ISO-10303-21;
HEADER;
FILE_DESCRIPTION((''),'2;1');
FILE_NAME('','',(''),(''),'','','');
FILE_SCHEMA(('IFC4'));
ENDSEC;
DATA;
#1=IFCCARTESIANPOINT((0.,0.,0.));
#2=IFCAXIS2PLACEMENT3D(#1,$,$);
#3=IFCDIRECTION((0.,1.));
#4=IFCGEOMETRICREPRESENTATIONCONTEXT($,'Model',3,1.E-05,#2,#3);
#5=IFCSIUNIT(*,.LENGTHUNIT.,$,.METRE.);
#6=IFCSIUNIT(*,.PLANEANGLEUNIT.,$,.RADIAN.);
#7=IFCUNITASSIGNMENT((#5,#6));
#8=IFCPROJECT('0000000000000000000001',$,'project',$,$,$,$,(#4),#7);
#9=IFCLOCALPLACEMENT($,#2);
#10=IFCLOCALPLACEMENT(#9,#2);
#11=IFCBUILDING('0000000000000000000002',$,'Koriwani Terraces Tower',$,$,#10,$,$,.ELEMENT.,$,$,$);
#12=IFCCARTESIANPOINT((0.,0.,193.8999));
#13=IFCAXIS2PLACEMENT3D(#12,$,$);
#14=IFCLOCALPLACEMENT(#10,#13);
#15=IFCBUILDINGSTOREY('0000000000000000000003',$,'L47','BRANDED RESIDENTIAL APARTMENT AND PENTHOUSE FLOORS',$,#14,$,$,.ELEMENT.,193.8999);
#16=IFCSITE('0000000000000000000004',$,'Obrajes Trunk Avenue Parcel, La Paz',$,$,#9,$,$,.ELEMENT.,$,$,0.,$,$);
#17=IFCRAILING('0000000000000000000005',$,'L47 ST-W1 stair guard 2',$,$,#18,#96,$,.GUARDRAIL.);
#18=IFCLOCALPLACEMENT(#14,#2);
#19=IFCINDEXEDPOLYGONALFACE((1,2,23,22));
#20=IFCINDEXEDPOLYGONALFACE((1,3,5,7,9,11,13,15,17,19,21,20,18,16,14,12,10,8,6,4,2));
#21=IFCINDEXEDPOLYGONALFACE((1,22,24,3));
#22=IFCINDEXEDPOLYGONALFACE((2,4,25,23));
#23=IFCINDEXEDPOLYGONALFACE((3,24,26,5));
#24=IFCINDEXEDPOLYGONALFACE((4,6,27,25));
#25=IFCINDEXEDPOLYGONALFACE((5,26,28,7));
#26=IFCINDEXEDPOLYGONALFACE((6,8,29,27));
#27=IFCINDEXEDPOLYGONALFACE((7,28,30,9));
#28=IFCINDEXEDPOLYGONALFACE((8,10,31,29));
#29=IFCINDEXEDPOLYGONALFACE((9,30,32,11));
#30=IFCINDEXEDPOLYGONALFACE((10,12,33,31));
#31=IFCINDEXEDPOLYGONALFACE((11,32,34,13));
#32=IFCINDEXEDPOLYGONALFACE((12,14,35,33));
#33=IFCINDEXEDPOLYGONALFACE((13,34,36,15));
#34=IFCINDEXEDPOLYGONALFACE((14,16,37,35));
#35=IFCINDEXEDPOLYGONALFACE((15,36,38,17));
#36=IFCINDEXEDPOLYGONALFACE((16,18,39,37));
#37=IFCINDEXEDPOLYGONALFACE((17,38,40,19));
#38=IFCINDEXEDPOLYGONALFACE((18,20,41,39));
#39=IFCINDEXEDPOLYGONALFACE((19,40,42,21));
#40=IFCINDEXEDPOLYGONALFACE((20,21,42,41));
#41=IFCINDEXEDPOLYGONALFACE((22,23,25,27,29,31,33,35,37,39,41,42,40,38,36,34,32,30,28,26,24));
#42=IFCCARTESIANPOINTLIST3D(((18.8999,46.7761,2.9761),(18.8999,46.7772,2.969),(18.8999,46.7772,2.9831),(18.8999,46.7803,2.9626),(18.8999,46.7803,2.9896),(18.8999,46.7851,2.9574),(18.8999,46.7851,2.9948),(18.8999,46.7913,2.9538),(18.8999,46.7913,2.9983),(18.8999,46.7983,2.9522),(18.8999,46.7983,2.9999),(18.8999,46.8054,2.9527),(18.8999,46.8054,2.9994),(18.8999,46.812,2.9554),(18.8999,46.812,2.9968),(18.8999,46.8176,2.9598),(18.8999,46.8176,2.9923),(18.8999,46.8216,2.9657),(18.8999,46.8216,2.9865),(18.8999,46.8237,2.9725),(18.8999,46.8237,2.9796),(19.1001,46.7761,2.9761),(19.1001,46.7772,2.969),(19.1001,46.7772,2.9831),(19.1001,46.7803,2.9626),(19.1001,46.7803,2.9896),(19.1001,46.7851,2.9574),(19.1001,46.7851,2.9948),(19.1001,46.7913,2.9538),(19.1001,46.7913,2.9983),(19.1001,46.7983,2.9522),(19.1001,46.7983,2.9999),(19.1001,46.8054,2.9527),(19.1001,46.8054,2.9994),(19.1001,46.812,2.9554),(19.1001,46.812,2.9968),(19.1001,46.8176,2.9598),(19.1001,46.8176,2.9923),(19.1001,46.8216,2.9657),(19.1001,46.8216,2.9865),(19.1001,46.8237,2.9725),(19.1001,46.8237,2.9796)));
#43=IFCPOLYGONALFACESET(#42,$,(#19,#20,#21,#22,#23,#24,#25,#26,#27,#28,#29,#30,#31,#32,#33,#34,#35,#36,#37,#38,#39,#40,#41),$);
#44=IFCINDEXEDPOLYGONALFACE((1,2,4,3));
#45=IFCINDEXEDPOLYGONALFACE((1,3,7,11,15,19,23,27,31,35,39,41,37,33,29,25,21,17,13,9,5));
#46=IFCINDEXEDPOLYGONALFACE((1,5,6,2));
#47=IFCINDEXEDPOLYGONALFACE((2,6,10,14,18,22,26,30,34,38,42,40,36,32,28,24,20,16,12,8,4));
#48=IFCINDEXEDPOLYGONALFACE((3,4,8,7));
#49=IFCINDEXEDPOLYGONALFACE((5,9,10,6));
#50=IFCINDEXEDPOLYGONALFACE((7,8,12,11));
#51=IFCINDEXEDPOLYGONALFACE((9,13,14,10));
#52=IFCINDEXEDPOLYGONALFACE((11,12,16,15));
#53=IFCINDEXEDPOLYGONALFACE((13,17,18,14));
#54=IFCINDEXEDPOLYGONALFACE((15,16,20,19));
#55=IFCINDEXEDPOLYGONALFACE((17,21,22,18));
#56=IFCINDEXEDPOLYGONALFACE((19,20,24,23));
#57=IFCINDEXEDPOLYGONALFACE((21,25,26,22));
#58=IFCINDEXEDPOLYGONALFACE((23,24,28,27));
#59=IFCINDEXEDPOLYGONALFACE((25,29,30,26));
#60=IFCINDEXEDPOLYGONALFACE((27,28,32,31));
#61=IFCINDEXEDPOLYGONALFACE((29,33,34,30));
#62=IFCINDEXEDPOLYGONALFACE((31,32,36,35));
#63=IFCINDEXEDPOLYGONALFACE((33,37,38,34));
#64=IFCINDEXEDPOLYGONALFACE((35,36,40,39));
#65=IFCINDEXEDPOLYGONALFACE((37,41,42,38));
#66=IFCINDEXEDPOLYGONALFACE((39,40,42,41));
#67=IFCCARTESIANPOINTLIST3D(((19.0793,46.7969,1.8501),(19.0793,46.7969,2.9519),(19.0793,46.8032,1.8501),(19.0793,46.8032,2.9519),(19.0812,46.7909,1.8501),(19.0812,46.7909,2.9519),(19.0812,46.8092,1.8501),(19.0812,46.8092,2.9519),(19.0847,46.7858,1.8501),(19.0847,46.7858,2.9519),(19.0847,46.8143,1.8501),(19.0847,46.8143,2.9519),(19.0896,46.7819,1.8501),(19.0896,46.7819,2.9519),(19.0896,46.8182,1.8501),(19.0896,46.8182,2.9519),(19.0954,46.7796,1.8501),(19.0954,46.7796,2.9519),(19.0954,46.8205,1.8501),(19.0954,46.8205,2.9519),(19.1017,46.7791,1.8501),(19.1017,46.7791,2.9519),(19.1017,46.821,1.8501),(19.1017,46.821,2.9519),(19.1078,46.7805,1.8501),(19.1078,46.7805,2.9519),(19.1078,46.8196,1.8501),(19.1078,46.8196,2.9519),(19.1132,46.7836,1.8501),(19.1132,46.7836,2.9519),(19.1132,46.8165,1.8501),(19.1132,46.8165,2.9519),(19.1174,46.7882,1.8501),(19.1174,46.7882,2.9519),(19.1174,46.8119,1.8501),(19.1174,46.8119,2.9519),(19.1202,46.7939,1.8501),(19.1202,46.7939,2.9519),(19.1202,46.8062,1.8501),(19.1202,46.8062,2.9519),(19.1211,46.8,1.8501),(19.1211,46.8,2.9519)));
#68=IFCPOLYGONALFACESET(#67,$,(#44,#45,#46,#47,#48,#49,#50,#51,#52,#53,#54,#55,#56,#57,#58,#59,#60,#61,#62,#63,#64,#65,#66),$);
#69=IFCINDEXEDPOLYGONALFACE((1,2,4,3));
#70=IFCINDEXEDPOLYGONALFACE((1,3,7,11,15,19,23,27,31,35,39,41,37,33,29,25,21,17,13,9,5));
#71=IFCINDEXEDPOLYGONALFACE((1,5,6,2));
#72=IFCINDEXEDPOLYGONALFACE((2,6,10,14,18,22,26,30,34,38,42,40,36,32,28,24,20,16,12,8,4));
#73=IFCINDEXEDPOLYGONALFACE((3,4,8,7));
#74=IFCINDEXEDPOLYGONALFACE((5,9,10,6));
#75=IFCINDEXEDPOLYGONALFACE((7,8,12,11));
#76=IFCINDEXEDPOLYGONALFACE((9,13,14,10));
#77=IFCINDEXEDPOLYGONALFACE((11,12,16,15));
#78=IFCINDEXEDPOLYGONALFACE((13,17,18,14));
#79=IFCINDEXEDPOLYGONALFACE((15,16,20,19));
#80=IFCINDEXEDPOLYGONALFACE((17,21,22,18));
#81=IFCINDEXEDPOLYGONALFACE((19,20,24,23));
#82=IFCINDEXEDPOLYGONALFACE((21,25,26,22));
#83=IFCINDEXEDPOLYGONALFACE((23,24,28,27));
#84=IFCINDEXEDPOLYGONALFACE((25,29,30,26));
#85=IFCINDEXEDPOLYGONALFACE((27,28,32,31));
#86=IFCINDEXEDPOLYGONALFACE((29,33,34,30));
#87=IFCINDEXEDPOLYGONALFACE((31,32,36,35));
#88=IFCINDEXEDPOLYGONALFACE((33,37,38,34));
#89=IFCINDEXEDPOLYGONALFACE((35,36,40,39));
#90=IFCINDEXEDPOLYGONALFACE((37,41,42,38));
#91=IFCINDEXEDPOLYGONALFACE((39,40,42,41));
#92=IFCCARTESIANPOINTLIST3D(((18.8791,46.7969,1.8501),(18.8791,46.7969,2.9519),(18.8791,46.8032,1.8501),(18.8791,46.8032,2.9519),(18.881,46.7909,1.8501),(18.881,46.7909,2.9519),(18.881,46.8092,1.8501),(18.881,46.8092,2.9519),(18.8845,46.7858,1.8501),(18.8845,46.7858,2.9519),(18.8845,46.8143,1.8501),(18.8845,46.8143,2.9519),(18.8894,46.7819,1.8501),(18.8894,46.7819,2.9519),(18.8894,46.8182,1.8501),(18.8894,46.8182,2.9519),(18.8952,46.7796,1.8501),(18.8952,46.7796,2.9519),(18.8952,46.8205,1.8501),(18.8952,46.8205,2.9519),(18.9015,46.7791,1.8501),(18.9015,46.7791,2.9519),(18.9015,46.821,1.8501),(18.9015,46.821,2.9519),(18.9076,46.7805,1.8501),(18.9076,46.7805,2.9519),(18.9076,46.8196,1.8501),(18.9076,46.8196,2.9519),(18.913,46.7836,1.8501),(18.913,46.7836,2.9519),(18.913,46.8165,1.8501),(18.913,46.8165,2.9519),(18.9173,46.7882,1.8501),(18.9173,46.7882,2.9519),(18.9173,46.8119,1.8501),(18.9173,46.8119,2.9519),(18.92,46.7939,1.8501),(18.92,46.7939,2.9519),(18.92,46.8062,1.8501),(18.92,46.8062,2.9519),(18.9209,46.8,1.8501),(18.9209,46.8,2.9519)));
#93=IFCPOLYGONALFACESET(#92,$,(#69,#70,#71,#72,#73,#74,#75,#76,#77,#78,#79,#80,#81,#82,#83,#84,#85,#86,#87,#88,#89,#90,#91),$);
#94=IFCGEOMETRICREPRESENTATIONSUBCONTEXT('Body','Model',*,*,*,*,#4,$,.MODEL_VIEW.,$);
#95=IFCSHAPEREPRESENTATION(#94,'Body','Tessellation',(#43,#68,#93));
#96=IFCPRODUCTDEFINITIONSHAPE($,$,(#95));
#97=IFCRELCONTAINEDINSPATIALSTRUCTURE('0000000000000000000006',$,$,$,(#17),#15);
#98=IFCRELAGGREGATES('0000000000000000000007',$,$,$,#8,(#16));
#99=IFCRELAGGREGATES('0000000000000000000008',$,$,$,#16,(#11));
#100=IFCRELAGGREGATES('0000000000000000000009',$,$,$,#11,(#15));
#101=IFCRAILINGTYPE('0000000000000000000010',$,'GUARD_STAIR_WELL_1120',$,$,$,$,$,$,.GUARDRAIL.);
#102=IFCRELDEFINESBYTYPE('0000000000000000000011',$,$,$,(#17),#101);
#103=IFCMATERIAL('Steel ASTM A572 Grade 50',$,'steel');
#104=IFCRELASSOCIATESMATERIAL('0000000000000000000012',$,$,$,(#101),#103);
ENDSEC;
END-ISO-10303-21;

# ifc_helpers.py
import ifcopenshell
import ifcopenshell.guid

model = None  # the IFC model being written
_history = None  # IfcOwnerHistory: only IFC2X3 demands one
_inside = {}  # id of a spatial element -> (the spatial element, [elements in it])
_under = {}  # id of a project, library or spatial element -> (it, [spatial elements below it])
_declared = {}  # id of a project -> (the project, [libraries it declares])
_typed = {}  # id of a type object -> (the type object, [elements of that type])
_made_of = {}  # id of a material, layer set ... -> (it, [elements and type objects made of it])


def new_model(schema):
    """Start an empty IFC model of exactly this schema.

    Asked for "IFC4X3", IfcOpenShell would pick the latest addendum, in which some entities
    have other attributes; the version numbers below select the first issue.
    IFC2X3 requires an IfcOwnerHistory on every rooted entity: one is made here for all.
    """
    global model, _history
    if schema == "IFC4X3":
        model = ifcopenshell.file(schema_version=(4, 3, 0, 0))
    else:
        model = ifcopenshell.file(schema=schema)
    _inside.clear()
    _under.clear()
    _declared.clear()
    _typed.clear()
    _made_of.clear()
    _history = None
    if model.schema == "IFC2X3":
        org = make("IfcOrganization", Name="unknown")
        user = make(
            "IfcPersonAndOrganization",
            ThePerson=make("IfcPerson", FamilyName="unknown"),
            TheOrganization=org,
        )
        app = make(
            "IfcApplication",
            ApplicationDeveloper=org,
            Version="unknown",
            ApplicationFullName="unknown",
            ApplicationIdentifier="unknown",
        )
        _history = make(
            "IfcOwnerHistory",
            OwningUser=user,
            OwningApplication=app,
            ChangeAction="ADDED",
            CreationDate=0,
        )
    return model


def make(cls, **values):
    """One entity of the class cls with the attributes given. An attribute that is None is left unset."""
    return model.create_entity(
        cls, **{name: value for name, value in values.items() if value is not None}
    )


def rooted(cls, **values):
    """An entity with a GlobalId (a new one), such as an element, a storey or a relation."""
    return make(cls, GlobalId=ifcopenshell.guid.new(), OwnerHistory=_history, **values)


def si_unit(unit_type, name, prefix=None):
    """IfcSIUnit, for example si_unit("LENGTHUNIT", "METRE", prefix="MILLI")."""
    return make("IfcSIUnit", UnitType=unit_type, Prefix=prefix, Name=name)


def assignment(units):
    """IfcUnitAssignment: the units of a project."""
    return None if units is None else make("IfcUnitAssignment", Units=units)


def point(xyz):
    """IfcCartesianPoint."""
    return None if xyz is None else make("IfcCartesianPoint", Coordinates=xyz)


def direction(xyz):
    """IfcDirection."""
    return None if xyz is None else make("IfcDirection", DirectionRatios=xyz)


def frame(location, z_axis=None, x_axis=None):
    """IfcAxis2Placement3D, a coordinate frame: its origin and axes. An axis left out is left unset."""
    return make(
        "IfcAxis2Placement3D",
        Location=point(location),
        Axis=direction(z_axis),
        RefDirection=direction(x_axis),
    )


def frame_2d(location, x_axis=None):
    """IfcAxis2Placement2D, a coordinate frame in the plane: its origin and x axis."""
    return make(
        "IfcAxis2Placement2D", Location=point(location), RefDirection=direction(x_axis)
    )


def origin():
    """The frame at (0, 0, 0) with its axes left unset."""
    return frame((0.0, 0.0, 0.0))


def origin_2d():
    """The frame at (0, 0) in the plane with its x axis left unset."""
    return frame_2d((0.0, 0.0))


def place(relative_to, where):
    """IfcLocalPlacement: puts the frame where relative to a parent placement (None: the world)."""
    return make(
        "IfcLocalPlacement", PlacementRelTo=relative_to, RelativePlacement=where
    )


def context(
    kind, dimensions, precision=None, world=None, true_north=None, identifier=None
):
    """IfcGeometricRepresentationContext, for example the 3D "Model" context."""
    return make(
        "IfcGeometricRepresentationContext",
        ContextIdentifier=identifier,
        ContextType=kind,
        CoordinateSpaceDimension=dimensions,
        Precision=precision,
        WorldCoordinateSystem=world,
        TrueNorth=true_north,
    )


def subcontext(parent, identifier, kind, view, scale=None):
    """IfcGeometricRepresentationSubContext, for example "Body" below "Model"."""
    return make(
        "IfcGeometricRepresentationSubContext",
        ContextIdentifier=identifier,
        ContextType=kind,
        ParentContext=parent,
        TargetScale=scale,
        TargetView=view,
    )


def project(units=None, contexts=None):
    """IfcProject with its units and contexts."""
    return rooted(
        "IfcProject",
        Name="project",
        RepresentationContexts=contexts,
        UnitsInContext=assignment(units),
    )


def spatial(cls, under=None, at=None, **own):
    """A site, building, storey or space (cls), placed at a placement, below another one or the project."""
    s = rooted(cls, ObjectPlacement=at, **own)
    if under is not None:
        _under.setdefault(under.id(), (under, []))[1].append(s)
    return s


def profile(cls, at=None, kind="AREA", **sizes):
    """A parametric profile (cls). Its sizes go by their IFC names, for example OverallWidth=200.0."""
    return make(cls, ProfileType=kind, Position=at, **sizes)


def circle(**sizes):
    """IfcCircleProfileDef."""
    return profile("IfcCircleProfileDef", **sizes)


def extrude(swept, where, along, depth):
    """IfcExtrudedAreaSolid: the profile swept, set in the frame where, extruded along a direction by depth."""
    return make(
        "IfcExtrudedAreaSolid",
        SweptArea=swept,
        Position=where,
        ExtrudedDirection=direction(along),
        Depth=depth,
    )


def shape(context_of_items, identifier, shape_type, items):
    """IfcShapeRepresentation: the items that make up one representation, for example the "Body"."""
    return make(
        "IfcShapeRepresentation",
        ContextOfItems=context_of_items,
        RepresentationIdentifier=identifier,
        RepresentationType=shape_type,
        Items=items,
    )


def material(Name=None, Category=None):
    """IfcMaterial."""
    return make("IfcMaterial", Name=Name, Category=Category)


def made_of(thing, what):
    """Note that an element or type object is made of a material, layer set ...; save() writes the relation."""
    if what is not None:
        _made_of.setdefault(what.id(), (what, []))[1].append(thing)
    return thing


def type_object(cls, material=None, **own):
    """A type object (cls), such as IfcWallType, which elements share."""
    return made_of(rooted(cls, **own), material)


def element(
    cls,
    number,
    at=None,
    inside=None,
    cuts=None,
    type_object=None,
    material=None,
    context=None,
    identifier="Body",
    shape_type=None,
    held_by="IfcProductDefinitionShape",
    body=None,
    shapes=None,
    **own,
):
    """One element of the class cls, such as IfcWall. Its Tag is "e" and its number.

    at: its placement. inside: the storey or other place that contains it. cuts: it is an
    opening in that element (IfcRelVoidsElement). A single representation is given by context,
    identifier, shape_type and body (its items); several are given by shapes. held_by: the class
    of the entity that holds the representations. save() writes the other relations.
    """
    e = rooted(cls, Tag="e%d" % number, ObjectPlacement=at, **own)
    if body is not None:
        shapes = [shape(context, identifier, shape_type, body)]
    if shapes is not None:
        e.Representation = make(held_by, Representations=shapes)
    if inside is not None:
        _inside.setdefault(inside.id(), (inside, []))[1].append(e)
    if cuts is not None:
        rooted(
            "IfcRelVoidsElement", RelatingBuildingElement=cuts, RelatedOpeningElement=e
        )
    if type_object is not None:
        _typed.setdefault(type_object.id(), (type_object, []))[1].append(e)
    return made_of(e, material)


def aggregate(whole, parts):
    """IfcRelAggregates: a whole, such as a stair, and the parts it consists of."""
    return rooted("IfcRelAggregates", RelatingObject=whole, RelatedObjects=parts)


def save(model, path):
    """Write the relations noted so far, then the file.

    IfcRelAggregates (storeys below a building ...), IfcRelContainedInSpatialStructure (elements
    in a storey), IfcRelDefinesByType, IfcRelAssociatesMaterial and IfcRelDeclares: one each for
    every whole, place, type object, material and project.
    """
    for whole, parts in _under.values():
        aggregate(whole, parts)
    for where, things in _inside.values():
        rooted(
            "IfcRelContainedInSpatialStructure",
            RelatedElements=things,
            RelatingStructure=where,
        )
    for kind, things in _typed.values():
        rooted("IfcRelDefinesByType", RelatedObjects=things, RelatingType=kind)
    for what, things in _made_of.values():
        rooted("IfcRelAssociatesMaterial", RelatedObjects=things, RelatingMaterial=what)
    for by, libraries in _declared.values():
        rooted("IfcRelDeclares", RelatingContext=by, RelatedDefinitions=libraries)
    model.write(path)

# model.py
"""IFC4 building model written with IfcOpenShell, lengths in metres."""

from ifc_helpers import new_model, si_unit, direction, frame, origin, origin_2d, place, context, subcontext, project, spatial, circle, extrude, material, type_object, element, save


model = new_model("IFC4")

# Units and contexts
model_context = context("Model", 3, precision=1e-05, world=origin(), true_north=direction((0.0, 1.0)))
body_context = subcontext(model_context, "Body", "Model", "MODEL_VIEW")
ifc_project = project(units=[si_unit("LENGTHUNIT", "METRE"), si_unit("PLANEANGLEUNIT", "RADIAN")], contexts=[model_context])

# Site, building, storey
site_placement = place(None, origin())
site = spatial("IfcSite", under=ifc_project, at=site_placement, Name="Obrajes Trunk Avenue Parcel, La Paz", CompositionType="ELEMENT", RefElevation=0.0)
building_placement = place(site_placement, origin())
building = spatial("IfcBuilding", under=site, at=building_placement, Name="Koriwani Terraces Tower", CompositionType="ELEMENT")
storey_placement = place(building_placement, frame((0.0, 0.0, 193.8999)))
storey = spatial("IfcBuildingStorey", under=building, at=storey_placement, Name="L47", Description="BRANDED RESIDENTIAL APARTMENT AND PENTHOUSE FLOORS", CompositionType="ELEMENT", Elevation=193.8999)

# Shared definitions
ifc_material_1 = material(Name="Steel ASTM A572 Grade 50", Category="steel")

# Railing
railing_type_1 = type_object("IfcRailingType", Name="GUARD_STAIR_WELL_1120", PredefinedType="GUARDRAIL", material=ifc_material_1)
railing_1_placement = place(storey_placement, frame((19.1001, 46.8, 1.8501)))
element("IfcRailing", 1, at=railing_1_placement, inside=storey, type_object=railing_type_1, Name="L47 ST-W1 stair guard 2", PredefinedType="GUARDRAIL", context=body_context, shape_type="SweptSolid", body=[
    extrude(circle(Radius=0.0239, at=origin_2d()), frame((0.0, 0.0, 1.126), z_axis=(-1.0, 0.0, 0.0), x_axis=(0.0, -1.0, 0.0)), (0.0, 0.0, 1.0), 0.2002),
    extrude(circle(Radius=0.021, at=origin_2d()), origin(), (0.0, 0.0, 1.0), 1.1018),
    extrude(circle(Radius=0.021, at=origin_2d()), frame((-0.2002, 0.0, 0.0)), (0.0, 0.0, 1.0), 1.1018),
])

save(model, "model.ifc")
